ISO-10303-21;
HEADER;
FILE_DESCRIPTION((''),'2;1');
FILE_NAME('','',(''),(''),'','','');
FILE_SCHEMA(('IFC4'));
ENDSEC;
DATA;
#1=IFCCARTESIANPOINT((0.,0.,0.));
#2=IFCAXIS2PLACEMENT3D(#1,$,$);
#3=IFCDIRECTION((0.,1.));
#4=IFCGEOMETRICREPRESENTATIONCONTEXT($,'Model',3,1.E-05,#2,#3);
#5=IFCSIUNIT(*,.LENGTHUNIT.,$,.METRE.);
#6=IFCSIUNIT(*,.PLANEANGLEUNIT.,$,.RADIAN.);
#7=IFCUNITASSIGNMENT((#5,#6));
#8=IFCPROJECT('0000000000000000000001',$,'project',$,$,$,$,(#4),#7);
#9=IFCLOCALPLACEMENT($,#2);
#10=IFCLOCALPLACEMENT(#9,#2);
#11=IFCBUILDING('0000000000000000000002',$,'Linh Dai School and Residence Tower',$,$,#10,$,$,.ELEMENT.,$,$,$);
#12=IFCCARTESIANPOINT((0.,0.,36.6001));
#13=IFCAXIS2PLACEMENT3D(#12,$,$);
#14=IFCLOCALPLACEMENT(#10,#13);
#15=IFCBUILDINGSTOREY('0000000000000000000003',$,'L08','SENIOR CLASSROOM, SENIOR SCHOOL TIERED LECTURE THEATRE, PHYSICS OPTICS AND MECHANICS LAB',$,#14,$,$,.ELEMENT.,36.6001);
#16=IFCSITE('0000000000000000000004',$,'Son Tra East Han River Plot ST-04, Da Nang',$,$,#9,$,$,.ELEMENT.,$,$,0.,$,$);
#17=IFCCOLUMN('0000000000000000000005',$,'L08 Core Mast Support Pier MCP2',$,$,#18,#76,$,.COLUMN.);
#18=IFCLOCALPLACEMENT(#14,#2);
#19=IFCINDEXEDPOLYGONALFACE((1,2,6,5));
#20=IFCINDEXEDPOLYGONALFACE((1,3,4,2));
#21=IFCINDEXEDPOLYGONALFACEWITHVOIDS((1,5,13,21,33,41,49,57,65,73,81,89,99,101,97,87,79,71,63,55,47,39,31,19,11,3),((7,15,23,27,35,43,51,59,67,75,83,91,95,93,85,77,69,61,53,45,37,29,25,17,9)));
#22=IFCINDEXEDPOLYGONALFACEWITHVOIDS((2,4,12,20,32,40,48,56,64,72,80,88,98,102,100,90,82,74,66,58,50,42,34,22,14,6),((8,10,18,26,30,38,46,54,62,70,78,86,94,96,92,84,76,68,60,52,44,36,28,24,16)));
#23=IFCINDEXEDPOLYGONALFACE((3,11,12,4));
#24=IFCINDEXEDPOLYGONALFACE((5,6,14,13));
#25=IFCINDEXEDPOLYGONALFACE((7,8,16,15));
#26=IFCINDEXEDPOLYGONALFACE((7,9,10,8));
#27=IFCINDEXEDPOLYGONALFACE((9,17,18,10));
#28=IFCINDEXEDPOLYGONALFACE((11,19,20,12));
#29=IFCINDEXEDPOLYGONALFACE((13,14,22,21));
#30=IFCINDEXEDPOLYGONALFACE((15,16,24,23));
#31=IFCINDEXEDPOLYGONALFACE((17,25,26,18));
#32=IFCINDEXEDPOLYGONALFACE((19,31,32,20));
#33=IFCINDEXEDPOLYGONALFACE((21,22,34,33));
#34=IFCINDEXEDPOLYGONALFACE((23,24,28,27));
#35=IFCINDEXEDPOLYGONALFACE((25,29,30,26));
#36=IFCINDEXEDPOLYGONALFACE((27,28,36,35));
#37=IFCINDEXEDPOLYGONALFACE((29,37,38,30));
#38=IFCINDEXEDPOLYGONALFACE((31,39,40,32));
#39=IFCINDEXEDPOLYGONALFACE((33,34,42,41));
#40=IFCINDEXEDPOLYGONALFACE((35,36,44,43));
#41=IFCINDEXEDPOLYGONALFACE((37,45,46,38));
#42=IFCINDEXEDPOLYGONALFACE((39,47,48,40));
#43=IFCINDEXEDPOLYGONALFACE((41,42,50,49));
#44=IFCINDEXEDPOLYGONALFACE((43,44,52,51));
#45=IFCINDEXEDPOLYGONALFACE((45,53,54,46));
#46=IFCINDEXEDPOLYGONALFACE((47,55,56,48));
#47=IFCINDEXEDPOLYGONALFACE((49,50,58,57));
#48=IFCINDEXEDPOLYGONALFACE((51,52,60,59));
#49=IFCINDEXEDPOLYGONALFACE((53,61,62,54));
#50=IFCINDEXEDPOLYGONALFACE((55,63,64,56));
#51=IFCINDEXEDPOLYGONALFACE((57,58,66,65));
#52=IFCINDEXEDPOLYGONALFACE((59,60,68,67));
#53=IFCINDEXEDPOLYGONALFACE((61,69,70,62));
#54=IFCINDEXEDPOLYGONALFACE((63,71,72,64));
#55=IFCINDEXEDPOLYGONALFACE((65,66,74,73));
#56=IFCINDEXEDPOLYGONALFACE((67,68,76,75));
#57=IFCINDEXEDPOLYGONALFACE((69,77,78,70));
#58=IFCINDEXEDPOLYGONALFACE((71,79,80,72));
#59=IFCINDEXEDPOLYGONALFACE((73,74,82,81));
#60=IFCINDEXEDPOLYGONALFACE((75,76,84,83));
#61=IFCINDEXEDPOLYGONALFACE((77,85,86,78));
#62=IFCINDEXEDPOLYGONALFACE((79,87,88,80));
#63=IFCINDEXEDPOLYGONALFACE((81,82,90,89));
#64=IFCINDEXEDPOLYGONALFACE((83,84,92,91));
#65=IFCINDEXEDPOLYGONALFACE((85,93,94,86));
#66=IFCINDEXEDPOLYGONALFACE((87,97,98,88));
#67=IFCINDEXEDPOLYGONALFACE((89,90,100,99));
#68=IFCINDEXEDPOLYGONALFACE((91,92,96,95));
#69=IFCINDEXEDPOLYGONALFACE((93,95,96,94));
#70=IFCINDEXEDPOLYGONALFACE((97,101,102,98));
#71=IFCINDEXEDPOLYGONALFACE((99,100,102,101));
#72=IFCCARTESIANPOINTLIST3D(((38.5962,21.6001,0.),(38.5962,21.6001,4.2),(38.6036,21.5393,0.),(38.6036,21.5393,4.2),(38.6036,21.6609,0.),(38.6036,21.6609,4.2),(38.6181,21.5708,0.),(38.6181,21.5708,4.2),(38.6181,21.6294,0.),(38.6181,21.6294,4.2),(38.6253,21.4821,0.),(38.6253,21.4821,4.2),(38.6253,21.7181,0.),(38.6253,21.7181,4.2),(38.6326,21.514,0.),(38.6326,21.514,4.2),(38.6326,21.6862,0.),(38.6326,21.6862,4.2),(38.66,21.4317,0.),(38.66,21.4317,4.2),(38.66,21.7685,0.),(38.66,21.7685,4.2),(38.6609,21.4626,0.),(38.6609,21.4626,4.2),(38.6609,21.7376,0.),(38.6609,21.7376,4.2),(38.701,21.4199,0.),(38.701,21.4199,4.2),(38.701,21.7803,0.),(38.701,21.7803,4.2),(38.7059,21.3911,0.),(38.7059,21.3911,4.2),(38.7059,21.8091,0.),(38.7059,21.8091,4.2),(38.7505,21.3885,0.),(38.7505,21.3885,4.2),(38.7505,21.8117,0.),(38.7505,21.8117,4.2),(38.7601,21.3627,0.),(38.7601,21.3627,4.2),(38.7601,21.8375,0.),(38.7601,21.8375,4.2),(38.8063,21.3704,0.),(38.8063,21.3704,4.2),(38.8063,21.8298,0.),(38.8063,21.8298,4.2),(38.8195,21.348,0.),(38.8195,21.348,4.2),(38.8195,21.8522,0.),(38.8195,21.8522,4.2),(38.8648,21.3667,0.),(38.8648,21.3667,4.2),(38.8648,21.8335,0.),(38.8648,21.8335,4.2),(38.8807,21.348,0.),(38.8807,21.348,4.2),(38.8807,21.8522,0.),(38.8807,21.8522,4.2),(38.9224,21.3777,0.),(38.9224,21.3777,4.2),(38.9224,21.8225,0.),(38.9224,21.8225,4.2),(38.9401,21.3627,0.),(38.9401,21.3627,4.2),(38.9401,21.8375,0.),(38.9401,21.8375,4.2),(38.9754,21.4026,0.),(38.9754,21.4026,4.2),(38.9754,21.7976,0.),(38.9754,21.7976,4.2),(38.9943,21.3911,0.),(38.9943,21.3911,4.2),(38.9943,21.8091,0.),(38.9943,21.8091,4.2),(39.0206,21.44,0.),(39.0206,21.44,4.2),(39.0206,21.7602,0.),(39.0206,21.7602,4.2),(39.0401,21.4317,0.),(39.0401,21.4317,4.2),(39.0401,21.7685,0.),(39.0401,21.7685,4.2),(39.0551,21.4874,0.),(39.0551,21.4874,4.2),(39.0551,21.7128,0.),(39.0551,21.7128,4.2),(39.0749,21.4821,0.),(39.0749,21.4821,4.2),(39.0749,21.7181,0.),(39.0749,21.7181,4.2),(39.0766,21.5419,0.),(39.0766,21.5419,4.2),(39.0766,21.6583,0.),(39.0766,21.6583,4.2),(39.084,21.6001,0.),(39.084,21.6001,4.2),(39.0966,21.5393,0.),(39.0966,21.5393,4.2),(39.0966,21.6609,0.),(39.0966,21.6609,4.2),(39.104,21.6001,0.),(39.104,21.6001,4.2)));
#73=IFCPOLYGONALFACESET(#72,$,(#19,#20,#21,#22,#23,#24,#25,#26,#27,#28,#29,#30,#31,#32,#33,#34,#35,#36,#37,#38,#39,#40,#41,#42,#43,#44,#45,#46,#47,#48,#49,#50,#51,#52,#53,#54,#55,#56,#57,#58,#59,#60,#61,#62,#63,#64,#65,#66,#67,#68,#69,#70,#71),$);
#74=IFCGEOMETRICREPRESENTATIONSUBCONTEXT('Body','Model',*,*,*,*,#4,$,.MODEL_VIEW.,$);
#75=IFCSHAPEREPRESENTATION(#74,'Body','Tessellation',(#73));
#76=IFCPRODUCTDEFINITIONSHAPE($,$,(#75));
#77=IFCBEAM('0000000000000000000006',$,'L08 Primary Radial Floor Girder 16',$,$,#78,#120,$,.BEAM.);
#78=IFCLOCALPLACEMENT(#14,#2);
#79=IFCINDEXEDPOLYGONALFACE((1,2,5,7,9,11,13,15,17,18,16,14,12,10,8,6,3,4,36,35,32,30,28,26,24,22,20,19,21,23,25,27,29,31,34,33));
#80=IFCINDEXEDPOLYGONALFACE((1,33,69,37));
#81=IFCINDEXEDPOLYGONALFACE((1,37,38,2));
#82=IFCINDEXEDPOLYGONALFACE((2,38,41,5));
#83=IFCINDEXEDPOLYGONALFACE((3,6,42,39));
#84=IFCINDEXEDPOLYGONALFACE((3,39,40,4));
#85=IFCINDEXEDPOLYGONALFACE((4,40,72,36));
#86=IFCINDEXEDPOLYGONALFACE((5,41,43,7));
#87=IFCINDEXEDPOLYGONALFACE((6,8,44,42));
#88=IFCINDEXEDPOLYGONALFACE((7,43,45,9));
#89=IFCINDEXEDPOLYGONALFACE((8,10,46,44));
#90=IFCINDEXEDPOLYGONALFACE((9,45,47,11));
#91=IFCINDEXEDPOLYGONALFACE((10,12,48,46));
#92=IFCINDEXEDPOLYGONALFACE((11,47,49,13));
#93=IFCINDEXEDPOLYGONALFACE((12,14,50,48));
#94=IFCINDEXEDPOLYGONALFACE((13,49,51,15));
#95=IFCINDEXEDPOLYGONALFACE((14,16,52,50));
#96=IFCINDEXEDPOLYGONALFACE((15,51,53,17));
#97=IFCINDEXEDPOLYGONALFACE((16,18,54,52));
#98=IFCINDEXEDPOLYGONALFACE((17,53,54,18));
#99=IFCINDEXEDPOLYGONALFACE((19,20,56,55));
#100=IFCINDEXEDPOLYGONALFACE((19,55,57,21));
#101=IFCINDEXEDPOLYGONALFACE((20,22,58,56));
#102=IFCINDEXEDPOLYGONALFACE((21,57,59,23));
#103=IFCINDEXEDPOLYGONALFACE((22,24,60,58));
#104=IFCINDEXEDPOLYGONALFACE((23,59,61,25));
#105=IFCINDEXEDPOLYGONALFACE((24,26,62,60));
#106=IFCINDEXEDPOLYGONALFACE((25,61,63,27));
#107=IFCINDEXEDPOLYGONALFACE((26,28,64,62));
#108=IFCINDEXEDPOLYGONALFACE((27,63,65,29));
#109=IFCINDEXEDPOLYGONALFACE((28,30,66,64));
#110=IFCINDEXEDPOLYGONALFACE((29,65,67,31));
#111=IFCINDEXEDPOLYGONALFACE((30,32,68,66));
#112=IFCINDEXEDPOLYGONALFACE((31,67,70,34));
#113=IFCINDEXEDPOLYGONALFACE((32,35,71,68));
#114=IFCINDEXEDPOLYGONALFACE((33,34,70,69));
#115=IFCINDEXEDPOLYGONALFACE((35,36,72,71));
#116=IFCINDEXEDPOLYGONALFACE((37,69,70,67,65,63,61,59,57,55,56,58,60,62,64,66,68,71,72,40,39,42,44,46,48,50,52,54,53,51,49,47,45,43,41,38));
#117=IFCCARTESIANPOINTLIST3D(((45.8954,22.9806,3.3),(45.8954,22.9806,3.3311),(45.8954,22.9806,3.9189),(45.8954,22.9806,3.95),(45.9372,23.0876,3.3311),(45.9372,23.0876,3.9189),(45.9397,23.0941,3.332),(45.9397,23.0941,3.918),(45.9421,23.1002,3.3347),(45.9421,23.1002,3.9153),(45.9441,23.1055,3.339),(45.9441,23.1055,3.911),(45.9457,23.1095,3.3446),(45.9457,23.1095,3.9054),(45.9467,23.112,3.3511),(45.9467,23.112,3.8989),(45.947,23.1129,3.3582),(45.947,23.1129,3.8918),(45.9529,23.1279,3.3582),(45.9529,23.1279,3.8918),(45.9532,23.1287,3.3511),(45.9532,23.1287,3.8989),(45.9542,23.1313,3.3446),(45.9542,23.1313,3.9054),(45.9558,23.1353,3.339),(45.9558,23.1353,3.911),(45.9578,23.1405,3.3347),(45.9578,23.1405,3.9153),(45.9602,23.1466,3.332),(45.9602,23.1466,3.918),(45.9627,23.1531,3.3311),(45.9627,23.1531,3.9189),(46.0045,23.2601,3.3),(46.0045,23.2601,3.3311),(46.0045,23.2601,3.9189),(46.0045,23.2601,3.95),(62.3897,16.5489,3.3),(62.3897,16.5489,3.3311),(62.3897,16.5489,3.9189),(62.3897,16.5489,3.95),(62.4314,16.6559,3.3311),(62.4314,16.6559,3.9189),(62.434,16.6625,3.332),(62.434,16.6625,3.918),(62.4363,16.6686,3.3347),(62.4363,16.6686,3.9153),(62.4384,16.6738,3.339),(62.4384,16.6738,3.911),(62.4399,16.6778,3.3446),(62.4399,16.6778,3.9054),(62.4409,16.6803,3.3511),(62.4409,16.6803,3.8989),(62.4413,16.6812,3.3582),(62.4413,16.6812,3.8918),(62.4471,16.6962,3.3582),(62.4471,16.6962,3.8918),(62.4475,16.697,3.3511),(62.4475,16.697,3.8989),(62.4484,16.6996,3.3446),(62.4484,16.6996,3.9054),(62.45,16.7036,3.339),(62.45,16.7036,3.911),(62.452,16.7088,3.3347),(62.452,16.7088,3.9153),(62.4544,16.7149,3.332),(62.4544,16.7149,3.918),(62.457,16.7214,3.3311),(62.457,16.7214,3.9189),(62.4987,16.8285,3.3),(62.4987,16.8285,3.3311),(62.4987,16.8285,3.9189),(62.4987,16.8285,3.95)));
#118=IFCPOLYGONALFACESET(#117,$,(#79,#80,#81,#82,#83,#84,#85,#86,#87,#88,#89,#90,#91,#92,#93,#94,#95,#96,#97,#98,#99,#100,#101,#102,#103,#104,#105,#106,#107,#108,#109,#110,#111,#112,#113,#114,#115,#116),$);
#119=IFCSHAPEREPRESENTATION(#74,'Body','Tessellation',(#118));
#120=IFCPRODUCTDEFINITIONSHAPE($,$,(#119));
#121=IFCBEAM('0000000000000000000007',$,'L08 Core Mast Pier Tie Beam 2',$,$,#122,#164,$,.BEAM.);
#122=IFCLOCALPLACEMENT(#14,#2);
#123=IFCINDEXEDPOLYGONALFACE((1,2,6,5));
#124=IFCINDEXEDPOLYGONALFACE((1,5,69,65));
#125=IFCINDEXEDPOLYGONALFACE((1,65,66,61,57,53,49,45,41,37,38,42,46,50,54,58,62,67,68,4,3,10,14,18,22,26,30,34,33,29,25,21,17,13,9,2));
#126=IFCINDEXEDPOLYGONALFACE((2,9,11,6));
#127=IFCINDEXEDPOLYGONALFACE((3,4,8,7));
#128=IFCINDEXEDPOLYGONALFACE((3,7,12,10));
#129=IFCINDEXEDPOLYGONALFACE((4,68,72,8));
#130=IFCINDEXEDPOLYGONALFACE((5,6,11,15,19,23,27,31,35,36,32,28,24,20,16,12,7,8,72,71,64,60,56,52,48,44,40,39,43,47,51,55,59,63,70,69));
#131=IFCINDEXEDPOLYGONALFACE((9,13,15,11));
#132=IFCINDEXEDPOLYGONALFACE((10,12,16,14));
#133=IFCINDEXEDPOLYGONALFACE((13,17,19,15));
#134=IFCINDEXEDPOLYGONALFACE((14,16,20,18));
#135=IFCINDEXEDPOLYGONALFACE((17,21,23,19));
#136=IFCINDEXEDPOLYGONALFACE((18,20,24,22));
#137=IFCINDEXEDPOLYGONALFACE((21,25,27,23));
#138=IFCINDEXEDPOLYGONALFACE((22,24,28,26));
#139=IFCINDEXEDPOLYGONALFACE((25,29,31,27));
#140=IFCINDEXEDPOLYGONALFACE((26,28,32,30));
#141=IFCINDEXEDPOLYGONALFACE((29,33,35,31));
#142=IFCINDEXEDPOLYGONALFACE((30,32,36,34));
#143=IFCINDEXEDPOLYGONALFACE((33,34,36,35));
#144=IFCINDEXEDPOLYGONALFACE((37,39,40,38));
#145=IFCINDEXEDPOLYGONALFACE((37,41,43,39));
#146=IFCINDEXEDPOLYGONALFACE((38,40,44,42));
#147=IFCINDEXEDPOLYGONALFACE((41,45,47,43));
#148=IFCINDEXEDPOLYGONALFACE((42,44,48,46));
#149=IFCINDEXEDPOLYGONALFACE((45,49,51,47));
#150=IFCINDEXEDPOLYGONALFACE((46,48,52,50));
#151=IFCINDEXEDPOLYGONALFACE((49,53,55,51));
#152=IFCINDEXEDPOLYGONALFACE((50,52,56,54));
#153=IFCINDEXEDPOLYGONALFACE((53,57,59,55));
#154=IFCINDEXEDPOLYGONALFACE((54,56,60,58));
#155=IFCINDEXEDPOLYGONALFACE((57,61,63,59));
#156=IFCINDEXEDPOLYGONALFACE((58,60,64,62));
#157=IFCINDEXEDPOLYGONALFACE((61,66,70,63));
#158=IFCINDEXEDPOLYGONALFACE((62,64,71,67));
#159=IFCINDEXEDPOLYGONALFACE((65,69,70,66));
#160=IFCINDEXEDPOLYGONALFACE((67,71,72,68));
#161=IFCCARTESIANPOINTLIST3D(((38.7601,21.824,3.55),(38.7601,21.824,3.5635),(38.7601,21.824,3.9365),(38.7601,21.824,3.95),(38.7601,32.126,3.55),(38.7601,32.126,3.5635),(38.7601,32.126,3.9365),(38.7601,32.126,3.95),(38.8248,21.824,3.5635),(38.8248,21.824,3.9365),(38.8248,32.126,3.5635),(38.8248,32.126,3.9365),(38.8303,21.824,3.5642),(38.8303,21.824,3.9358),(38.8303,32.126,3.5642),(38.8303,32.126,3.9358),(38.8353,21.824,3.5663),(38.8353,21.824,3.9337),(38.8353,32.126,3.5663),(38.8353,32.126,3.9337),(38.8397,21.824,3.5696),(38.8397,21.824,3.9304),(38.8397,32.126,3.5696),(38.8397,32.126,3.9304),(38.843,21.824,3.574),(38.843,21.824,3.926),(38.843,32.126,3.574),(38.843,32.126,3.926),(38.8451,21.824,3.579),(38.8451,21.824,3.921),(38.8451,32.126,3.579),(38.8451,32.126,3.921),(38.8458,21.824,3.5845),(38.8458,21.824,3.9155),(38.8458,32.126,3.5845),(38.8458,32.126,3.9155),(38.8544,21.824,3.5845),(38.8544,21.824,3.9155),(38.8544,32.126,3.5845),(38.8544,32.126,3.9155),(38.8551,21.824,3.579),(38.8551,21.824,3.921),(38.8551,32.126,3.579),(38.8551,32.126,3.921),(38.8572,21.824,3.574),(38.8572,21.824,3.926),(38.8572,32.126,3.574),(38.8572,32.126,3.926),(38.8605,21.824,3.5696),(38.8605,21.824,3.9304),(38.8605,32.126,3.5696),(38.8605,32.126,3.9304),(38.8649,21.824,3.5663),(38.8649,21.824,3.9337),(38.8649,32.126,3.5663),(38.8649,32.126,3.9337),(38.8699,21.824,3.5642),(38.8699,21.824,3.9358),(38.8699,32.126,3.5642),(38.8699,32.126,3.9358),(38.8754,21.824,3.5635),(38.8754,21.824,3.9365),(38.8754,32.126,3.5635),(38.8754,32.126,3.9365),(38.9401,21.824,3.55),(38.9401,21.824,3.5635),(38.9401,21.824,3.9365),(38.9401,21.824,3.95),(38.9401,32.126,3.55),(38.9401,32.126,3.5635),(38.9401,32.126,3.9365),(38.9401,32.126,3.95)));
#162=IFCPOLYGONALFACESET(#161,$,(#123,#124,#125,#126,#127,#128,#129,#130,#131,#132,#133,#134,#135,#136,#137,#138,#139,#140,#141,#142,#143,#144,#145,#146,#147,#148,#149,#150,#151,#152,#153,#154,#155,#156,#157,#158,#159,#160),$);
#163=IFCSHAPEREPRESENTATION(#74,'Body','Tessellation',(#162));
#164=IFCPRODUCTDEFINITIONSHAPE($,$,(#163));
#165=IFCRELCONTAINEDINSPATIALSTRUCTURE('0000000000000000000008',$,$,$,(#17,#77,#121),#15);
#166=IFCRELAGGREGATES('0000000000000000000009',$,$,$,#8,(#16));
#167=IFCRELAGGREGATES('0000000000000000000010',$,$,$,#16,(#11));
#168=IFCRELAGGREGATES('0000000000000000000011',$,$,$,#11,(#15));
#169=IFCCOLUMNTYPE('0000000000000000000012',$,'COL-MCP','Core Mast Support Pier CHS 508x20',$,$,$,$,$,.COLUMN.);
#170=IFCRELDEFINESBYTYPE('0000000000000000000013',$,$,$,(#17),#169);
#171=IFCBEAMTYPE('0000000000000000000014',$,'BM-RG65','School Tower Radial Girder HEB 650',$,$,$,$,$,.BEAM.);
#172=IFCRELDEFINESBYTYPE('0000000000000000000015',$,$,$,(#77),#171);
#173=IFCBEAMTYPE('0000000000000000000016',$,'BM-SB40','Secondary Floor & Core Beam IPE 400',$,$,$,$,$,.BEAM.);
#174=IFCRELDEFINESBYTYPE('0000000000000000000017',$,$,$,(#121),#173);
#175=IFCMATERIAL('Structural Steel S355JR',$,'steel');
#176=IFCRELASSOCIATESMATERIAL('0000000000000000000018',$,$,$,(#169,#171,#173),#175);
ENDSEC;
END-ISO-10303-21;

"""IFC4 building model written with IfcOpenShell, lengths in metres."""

from ifc_helpers import new_model, si_unit, direction, frame, origin, origin_2d, place, context, subcontext, project, spatial, hollow_circle, i_section, extrude, material, material_profile, profile_set, type_object, element, save


model = new_model("IFC4")

# Units and contexts
model_context = context("Model", 3, precision=1e-05, world=origin(), true_north=direction((0.0, 1.0)))
body_context = subcontext(model_context, "Body", "Model", "MODEL_VIEW")
ifc_project = project(units=[si_unit("LENGTHUNIT", "METRE"), si_unit("PLANEANGLEUNIT", "RADIAN")], contexts=[model_context])

# Site, building, storey
site_placement = place(None, origin())
site = spatial("IfcSite", under=ifc_project, at=site_placement, Name="Son Tra East Han River Plot ST-04, Da Nang", CompositionType="ELEMENT", RefElevation=0.0)
building_placement = place(site_placement, origin())
building = spatial("IfcBuilding", under=site, at=building_placement, Name="Linh Dai School and Residence Tower", CompositionType="ELEMENT")
storey_placement = place(building_placement, frame((0.0, 0.0, 36.6001)))
storey = spatial("IfcBuildingStorey", under=building, at=storey_placement, Name="L08", Description="SENIOR CLASSROOM, SENIOR SCHOOL TIERED LECTURE THEATRE, PHYSICS OPTICS AND MECHANICS LAB", CompositionType="ELEMENT", Elevation=36.6001)

# Column
ifc_material_1 = material(Name="Structural Steel S355JR", Category="steel")
ifc_material_profile_1 = material_profile(ifc_material_1, hollow_circle(Radius=0.2539, WallThickness=0.02, at=origin_2d()), Name="CHS 508x20")
ifc_profile_set_1 = profile_set([ifc_material_profile_1], Name="Structural Steel S355JR")
column_type_1 = type_object("IfcColumnType", Name="COL-MCP", Description="Core Mast Support Pier CHS 508x20", PredefinedType="COLUMN", material=ifc_profile_set_1)
column_placement = place(storey_placement, frame((38.8501, 21.6001, 0.0), z_axis=(0.0, 0.0, 1.0), x_axis=(1.0, 0.0, 0.0)))
element("IfcColumn", 1, at=column_placement, inside=storey, type_object=column_type_1, Name="L08 Core Mast Support Pier MCP2", PredefinedType="COLUMN", context=body_context, shape_type="SweptSolid", body=[
    extrude(hollow_circle(Radius=0.2539, WallThickness=0.02, at=origin_2d()), origin(), (0.0, 0.0, 1.0), 4.2),
])

# Beams
ifc_material_profile_2 = material_profile(ifc_material_1, i_section(OverallWidth=0.3, OverallDepth=0.6499, WebThickness=0.0161, FlangeThickness=0.031, FilletRadius=0.0271, at=origin_2d()), Name="HEB 650")
ifc_profile_set_2 = profile_set([ifc_material_profile_2], Name="Structural Steel S355JR")
beam_type_1 = type_object("IfcBeamType", Name="BM-RG65", Description="School Tower Radial Girder HEB 650", PredefinedType="BEAM", material=ifc_profile_set_2)
beam_1_placement = place(storey_placement, frame((45.95, 23.1204, 3.625), z_axis=(0.931675, -0.363293, 0.0), x_axis=(0.363293, 0.931675, 0.0)))
element("IfcBeam", 2, at=beam_1_placement, inside=storey, type_object=beam_type_1, Name="L08 Primary Radial Floor Girder 16", PredefinedType="BEAM", context=body_context, shape_type="SweptSolid", body=[
    extrude(i_section(OverallWidth=0.3, OverallDepth=0.6499, WebThickness=0.0161, FlangeThickness=0.031, FilletRadius=0.0271, at=origin_2d()), origin(), (0.0, 0.0, 1.0), 17.7039),
])
ifc_material_profile_3 = material_profile(ifc_material_1, i_section(OverallWidth=0.1799, OverallDepth=0.3999, WebThickness=0.0085, FlangeThickness=0.0134, FilletRadius=0.021, at=origin_2d()), Name="IPE 400")
ifc_profile_set_3 = profile_set([ifc_material_profile_3], Name="Structural Steel S355JR")
beam_type_2 = type_object("IfcBeamType", Name="BM-SB40", Description="Secondary Floor & Core Beam IPE 400", PredefinedType="BEAM", material=ifc_profile_set_3)
beam_2_placement = place(storey_placement, frame((38.8501, 21.824, 3.75), z_axis=(0.0, 1.0, 0.0), x_axis=(-1.0, 0.0, 0.0)))
element("IfcBeam", 3, at=beam_2_placement, inside=storey, type_object=beam_type_2, Name="L08 Core Mast Pier Tie Beam 2", PredefinedType="BEAM", context=body_context, shape_type="SweptSolid", body=[
    extrude(i_section(OverallWidth=0.1799, OverallDepth=0.3999, WebThickness=0.0085, FlangeThickness=0.0134, FilletRadius=0.021, at=origin_2d()), origin(), (0.0, 0.0, 1.0), 10.302),
])

save(model, "model.ifc")
